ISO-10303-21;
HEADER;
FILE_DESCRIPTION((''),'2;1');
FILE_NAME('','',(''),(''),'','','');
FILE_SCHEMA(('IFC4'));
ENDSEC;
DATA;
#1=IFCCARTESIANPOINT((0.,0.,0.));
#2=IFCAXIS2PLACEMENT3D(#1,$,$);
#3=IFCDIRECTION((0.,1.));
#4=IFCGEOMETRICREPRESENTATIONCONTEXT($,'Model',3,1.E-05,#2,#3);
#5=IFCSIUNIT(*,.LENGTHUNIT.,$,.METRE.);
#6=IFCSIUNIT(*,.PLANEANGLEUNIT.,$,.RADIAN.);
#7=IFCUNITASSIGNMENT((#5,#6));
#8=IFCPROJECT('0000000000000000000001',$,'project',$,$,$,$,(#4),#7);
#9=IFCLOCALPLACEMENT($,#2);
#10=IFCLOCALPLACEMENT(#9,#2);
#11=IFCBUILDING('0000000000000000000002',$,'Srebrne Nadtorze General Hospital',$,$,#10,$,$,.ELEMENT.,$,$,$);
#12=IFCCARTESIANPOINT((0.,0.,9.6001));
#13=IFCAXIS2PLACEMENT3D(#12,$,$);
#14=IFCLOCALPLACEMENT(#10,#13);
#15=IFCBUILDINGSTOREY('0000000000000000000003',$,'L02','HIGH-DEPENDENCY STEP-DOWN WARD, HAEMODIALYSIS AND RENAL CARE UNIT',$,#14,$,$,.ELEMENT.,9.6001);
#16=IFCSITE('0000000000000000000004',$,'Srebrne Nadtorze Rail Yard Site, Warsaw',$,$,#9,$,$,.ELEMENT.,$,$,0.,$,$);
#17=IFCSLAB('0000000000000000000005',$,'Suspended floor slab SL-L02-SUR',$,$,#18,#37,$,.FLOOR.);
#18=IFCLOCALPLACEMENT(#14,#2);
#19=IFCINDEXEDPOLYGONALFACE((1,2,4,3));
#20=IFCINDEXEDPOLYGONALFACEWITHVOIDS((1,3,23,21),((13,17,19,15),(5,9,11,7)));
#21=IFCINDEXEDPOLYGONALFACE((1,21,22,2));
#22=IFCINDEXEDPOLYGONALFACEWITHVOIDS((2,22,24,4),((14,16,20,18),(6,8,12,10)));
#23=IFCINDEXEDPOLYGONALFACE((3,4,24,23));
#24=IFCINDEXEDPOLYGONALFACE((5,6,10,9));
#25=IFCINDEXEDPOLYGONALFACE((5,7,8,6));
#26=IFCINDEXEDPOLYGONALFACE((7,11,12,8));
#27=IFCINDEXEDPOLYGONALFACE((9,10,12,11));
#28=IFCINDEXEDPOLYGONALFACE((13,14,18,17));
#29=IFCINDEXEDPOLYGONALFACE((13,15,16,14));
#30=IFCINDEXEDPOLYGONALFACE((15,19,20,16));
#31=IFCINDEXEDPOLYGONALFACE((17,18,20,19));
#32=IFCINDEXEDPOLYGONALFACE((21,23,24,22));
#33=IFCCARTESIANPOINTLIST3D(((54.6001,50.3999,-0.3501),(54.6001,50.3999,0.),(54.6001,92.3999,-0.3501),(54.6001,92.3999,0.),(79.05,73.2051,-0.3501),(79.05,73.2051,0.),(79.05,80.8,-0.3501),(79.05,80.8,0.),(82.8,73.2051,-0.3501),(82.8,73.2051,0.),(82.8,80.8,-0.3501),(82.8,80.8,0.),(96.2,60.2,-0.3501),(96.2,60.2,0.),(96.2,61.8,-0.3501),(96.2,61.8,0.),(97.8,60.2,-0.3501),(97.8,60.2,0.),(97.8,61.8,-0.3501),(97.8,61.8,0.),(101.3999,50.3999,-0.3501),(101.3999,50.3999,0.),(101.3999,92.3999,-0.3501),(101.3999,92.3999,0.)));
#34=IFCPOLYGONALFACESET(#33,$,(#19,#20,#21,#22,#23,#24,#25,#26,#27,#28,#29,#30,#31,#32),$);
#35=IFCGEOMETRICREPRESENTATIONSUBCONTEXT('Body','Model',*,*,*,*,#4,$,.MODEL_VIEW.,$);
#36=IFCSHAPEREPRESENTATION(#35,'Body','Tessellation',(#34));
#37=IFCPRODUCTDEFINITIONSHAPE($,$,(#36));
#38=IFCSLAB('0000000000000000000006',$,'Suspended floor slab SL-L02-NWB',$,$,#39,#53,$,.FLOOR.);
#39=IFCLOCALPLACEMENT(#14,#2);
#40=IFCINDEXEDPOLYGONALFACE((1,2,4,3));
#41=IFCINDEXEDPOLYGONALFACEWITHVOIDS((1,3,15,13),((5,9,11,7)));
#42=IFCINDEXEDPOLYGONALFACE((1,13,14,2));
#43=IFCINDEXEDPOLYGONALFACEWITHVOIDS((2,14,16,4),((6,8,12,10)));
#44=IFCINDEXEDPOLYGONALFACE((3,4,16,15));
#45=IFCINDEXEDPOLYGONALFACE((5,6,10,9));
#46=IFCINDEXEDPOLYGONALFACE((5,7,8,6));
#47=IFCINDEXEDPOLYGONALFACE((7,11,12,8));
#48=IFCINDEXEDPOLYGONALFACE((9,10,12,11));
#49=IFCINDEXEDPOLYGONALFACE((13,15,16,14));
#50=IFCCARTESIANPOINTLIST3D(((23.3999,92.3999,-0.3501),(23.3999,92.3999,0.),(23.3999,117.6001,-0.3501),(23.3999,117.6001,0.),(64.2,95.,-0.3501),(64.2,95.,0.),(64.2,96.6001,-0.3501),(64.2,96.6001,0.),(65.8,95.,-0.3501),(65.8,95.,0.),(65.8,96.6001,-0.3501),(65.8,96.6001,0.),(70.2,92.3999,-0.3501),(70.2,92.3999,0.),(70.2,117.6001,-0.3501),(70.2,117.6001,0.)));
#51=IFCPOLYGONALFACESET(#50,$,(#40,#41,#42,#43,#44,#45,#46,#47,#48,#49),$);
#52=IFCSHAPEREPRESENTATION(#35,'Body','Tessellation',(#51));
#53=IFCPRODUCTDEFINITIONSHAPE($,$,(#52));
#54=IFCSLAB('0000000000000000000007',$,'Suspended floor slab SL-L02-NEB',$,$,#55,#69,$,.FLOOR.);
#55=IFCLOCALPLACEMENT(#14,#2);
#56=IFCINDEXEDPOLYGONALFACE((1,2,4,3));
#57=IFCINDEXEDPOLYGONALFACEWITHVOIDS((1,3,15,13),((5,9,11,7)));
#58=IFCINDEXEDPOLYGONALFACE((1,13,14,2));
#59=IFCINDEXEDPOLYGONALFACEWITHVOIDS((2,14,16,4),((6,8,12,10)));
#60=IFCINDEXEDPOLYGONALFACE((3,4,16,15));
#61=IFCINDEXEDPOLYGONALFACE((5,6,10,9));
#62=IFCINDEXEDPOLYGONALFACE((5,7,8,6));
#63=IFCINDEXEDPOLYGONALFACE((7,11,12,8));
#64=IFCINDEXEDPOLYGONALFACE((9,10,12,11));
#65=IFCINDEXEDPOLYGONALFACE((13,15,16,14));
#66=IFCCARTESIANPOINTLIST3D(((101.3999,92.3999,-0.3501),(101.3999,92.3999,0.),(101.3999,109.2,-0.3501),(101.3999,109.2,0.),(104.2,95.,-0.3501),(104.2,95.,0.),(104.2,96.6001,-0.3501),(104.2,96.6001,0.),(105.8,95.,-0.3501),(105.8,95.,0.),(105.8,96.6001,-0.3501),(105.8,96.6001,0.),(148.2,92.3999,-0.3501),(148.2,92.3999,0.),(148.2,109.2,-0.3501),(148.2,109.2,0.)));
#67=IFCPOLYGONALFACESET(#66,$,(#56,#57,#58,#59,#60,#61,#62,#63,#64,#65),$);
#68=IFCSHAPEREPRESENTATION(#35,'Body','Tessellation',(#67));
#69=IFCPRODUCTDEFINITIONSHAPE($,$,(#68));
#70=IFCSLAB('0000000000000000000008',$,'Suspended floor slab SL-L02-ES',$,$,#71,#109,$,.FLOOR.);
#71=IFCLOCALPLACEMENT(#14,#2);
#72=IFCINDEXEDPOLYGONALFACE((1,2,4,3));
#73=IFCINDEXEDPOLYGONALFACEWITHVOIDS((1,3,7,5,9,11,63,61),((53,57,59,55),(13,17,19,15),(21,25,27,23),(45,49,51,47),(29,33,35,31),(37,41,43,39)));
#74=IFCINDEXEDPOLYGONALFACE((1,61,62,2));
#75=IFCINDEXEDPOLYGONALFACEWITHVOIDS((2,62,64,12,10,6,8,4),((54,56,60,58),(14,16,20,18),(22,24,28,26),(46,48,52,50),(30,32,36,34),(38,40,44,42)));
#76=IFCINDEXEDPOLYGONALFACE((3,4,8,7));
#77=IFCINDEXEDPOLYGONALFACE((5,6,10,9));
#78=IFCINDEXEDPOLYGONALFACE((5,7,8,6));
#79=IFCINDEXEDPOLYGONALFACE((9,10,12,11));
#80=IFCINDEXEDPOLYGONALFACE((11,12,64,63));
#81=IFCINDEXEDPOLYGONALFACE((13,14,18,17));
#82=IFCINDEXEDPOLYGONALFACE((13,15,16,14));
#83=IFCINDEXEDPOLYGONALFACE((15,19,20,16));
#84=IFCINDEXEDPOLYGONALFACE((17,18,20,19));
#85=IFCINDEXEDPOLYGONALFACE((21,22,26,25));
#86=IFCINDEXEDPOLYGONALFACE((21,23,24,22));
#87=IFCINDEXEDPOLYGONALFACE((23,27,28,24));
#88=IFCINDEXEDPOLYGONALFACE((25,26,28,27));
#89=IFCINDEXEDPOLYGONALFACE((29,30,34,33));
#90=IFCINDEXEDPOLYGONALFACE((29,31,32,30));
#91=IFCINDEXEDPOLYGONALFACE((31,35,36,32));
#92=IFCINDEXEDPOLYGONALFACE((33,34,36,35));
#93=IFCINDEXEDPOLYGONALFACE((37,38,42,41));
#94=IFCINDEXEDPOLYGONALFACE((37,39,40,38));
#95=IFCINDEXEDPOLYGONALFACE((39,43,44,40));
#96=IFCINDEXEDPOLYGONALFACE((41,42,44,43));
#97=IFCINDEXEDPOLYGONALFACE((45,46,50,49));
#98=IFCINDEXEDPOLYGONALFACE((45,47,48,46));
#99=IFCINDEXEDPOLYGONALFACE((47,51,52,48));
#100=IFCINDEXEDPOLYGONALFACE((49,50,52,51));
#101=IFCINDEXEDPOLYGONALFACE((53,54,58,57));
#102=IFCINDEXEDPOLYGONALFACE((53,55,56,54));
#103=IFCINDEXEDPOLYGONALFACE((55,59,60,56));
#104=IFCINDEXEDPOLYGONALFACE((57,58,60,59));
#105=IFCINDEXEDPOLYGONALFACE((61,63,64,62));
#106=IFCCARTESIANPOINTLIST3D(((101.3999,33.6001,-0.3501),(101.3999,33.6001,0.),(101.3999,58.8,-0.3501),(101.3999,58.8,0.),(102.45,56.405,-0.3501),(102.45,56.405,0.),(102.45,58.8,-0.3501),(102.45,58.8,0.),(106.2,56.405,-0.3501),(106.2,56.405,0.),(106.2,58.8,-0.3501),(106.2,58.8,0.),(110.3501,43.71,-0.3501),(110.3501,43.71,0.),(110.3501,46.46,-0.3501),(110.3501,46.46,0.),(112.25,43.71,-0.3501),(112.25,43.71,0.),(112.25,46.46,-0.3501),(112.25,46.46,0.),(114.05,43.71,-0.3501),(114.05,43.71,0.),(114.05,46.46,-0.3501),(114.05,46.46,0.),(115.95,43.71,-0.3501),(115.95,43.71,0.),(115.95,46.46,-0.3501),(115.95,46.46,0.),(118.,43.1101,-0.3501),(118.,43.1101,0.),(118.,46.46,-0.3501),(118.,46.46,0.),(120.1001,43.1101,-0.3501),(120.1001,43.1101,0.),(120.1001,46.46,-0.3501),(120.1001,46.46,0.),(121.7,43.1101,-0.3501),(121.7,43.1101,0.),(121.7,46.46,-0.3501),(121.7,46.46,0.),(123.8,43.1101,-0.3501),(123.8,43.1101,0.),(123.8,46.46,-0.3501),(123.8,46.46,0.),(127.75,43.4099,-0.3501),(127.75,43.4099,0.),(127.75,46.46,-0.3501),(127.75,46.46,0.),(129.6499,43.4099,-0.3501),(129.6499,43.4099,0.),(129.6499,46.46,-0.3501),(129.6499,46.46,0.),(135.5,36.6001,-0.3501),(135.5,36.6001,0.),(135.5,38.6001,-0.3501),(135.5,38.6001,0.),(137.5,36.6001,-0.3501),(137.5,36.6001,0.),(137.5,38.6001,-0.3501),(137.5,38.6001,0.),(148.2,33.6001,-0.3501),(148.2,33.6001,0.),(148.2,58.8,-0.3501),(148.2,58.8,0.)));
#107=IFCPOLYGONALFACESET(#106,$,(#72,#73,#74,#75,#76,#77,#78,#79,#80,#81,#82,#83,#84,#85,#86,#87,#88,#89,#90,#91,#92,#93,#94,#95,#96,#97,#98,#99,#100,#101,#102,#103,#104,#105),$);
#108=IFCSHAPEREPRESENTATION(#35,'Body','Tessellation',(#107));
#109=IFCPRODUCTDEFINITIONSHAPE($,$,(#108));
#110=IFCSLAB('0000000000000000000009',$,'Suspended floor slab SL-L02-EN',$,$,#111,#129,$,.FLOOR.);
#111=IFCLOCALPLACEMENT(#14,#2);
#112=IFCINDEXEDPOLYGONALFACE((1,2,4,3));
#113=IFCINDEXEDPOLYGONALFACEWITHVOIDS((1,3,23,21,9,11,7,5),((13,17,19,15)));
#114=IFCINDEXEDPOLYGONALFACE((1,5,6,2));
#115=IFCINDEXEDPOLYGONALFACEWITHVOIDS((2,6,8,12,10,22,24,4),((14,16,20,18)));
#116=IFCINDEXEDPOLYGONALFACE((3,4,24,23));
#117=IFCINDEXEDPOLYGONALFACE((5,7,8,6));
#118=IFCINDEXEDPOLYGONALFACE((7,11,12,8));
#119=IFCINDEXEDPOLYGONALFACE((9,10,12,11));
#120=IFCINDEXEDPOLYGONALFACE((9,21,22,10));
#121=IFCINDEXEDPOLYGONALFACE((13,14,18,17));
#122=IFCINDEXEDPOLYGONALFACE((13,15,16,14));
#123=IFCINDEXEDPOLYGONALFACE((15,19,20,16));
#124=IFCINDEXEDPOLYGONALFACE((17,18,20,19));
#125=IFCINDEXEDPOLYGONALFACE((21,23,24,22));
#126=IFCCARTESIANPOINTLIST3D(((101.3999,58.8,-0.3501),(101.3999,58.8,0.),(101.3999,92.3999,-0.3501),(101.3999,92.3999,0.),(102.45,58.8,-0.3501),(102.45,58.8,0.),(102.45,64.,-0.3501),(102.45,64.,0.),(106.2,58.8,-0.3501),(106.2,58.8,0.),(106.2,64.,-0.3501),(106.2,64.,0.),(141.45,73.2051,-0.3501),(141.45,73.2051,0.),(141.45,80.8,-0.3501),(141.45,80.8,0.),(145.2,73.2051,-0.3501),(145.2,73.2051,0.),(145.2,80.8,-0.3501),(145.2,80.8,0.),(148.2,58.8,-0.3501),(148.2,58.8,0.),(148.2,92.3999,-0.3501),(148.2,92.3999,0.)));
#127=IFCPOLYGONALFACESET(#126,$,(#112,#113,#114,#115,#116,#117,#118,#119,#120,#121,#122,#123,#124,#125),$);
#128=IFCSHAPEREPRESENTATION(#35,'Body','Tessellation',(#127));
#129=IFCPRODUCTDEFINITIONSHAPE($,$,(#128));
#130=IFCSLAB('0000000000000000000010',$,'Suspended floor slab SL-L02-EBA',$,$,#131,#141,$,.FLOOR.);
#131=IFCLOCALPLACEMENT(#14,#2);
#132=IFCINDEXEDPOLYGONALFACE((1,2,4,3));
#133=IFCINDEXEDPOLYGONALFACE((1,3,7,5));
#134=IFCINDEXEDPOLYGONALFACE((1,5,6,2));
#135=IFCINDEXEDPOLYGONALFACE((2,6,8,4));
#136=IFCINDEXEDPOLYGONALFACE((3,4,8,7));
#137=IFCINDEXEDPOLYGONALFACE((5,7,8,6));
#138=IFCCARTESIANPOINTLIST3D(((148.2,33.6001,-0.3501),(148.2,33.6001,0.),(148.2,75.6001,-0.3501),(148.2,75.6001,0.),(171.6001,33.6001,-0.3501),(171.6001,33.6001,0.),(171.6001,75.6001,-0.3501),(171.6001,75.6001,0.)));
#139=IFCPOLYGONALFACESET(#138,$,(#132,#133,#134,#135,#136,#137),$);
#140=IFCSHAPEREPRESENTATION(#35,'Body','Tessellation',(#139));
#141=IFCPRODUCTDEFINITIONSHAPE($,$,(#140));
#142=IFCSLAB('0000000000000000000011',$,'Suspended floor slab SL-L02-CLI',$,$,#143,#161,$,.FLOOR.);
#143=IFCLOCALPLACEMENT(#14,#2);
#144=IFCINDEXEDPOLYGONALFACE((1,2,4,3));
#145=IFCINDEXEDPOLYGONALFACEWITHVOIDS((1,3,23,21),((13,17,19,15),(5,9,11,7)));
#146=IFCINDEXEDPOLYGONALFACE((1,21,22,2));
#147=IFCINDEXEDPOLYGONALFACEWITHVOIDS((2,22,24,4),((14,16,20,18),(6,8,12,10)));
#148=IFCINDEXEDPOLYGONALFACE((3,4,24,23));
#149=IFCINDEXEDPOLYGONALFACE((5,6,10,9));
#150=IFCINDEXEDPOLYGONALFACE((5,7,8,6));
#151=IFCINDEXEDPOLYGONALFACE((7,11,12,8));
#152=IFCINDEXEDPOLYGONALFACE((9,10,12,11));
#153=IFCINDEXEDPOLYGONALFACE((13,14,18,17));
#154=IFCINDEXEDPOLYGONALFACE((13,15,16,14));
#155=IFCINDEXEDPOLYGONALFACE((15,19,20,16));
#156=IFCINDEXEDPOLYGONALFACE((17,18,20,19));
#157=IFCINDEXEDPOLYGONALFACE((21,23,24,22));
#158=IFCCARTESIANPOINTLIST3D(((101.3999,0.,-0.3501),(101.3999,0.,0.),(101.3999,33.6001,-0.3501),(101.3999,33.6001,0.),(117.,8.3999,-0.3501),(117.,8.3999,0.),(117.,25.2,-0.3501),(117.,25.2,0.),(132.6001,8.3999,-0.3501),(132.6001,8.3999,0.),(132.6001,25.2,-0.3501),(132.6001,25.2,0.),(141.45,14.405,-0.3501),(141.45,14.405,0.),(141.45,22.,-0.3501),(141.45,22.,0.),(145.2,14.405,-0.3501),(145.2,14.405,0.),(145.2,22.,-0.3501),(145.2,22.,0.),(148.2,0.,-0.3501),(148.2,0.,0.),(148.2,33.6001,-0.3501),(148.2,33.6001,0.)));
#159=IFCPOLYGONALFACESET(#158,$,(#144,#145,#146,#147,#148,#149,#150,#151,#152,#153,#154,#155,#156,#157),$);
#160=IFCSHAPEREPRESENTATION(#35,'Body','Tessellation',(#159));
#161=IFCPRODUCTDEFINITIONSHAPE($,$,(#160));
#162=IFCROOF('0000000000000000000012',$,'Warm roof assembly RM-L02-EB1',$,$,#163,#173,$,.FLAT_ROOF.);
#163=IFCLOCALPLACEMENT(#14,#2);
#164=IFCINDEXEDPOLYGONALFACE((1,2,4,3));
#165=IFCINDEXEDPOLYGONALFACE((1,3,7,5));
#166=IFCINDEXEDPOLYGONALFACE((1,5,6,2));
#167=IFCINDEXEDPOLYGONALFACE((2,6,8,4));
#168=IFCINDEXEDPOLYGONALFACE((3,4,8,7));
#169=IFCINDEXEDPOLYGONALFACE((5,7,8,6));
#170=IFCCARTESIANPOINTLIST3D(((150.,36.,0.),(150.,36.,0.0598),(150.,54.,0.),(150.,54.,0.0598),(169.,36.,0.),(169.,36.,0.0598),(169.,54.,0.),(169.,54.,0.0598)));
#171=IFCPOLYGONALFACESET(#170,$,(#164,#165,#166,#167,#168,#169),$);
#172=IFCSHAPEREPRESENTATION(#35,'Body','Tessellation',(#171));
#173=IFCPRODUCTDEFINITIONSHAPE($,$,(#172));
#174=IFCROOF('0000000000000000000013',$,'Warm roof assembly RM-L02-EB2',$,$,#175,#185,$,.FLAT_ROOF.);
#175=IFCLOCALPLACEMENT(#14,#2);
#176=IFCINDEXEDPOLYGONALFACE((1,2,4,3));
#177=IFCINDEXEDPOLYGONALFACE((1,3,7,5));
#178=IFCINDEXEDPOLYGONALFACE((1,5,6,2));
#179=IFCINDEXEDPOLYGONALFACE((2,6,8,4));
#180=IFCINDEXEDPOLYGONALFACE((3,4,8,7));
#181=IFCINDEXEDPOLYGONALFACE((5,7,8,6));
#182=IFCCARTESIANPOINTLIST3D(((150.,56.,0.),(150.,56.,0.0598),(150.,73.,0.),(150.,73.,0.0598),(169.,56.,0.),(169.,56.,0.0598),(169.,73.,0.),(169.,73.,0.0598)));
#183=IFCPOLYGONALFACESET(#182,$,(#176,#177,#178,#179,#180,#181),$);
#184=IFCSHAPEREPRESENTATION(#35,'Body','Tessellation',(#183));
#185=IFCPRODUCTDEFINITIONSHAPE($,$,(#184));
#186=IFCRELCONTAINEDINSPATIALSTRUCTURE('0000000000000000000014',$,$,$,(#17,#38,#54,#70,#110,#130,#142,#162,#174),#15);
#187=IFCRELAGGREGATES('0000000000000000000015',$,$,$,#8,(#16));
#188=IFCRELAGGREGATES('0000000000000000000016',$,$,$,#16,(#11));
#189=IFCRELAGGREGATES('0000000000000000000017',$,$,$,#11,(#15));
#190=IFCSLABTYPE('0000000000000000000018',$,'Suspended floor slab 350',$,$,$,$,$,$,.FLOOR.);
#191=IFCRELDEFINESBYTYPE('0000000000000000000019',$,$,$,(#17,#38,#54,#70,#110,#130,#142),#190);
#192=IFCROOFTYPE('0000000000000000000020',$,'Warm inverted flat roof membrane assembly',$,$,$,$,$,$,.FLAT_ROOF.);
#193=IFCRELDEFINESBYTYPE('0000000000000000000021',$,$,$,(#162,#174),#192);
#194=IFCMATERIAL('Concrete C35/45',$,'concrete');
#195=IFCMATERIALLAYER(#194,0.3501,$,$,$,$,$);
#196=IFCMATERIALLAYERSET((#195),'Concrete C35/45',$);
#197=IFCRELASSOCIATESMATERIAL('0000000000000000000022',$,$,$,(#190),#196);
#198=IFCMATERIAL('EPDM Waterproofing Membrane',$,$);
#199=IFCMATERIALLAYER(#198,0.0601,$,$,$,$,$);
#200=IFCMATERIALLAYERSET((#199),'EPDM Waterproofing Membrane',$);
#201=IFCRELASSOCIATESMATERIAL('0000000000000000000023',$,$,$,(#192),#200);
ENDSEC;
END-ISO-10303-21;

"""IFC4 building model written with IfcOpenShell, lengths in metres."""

from ifc_helpers import new_model, si_unit, direction, frame, origin, place, context, subcontext, project, spatial, polyline, outline, extrude, material, layer, layer_set, type_object, element, save


model = new_model("IFC4")

# Units and contexts
model_context = context("Model", 3, precision=1e-05, world=origin(), true_north=direction((0.0, 1.0)))
body_context = subcontext(model_context, "Body", "Model", "MODEL_VIEW")
ifc_project = project(units=[si_unit("LENGTHUNIT", "METRE"), si_unit("PLANEANGLEUNIT", "RADIAN")], contexts=[model_context])

# Site, building, storey
site_placement = place(None, origin())
site = spatial("IfcSite", under=ifc_project, at=site_placement, Name="Srebrne Nadtorze Rail Yard Site, Warsaw", CompositionType="ELEMENT", RefElevation=0.0)
building_placement = place(site_placement, origin())
building = spatial("IfcBuilding", under=site, at=building_placement, Name="Srebrne Nadtorze General Hospital", CompositionType="ELEMENT")
storey_placement = place(building_placement, frame((0.0, 0.0, 9.6001)))
storey = spatial("IfcBuildingStorey", under=building, at=storey_placement, Name="L02", Description="HIGH-DEPENDENCY STEP-DOWN WARD, HAEMODIALYSIS AND RENAL CARE UNIT", CompositionType="ELEMENT", Elevation=9.6001)

# Slabs
ifc_material_1 = material(Name="Concrete C35/45", Category="concrete")
ifc_layer_1 = layer(ifc_material_1, 0.3501)
ifc_layer_set_1 = layer_set([ifc_layer_1], Name="Concrete C35/45")
slab_type_1 = type_object("IfcSlabType", Name="Suspended floor slab 350", PredefinedType="FLOOR", material=ifc_layer_set_1)
slab_1_placement = place(storey_placement, frame((0.0, 0.0, -0.3501)))
element("IfcSlab", 1, at=slab_1_placement, inside=storey, type_object=slab_type_1, Name="Suspended floor slab SL-L02-SUR", PredefinedType="FLOOR", context=body_context, shape_type="SweptSolid", body=[
    extrude(outline(polyline([(101.3999, 50.3999), (101.3999, 92.3999), (54.6001, 92.3999), (54.6001, 50.3999), (101.3999, 50.3999)]), holes=[polyline([(97.8, 60.2), (96.2, 60.2), (96.2, 61.8), (97.8, 61.8), (97.8, 60.2)]), polyline([(79.05, 73.2051), (79.05, 80.8), (82.8, 80.8), (82.8, 73.2051), (79.05, 73.2051)])]), origin(), (0.0, 0.0, 1.0), 0.3501),
])
slab_2_placement = place(storey_placement, frame((0.0, 0.0, -0.3501)))
element("IfcSlab", 2, at=slab_2_placement, inside=storey, type_object=slab_type_1, Name="Suspended floor slab SL-L02-NWB", PredefinedType="FLOOR", context=body_context, shape_type="SweptSolid", body=[
    extrude(outline(polyline([(70.2, 92.3999), (70.2, 117.6001), (23.3999, 117.6001), (23.3999, 92.3999), (70.2, 92.3999)]), holes=[polyline([(65.8, 95.0), (64.2, 95.0), (64.2, 96.6001), (65.8, 96.6001), (65.8, 95.0)])]), origin(), (0.0, 0.0, 1.0), 0.3501),
])
slab_3_placement = place(storey_placement, frame((0.0, 0.0, -0.3501)))
element("IfcSlab", 3, at=slab_3_placement, inside=storey, type_object=slab_type_1, Name="Suspended floor slab SL-L02-NEB", PredefinedType="FLOOR", context=body_context, shape_type="SweptSolid", body=[
    extrude(outline(polyline([(148.2, 92.3999), (148.2, 109.2), (101.3999, 109.2), (101.3999, 92.3999), (148.2, 92.3999)]), holes=[polyline([(104.2, 95.0), (104.2, 96.6001), (105.8, 96.6001), (105.8, 95.0), (104.2, 95.0)])]), origin(), (0.0, 0.0, 1.0), 0.3501),
])
slab_4_placement = place(storey_placement, frame((0.0, 0.0, -0.3501)))
element("IfcSlab", 4, at=slab_4_placement, inside=storey, type_object=slab_type_1, Name="Suspended floor slab SL-L02-ES", PredefinedType="FLOOR", context=body_context, shape_type="SweptSolid", body=[
    extrude(outline(polyline([(106.2, 58.8), (106.2, 56.405), (102.45, 56.405), (102.45, 58.8), (101.3999, 58.8), (101.3999, 33.6001), (148.2, 33.6001), (148.2, 58.8), (106.2, 58.8)]), holes=[polyline([(137.5, 36.6001), (135.5, 36.6001), (135.5, 38.6001), (137.5, 38.6001), (137.5, 36.6001)]), polyline([(118.0, 43.1101), (118.0, 46.46), (120.1001, 46.46), (120.1001, 43.1101), (118.0, 43.1101)]), polyline([(121.7, 43.1101), (121.7, 46.46), (123.8, 46.46), (123.8, 43.1101), (121.7, 43.1101)]), polyline([(129.6499, 43.4099), (127.75, 43.4099), (127.75, 46.46), (129.6499, 46.46), (129.6499, 43.4099)]), polyline([(110.3501, 43.71), (110.3501, 46.46), (112.25, 46.46), (112.25, 43.71), (110.3501, 43.71)]), polyline([(114.05, 43.71), (114.05, 46.46), (115.95, 46.46), (115.95, 43.71), (114.05, 43.71)])]), origin(), (0.0, 0.0, 1.0), 0.3501),
])
slab_5_placement = place(storey_placement, frame((0.0, 0.0, -0.3501)))
element("IfcSlab", 5, at=slab_5_placement, inside=storey, type_object=slab_type_1, Name="Suspended floor slab SL-L02-EN", PredefinedType="FLOOR", context=body_context, shape_type="SweptSolid", body=[
    extrude(outline(polyline([(102.45, 58.8), (102.45, 64.0), (106.2, 64.0), (106.2, 58.8), (148.2, 58.8), (148.2, 92.3999), (101.3999, 92.3999), (101.3999, 58.8), (102.45, 58.8)]), holes=[polyline([(141.45, 73.2051), (141.45, 80.8), (145.2, 80.8), (145.2, 73.2051), (141.45, 73.2051)])]), origin(), (0.0, 0.0, 1.0), 0.3501),
])
slab_6_placement = place(storey_placement, frame((0.0, 0.0, -0.3501)))
element("IfcSlab", 6, at=slab_6_placement, inside=storey, type_object=slab_type_1, Name="Suspended floor slab SL-L02-EBA", PredefinedType="FLOOR", context=body_context, shape_type="SweptSolid", body=[
    extrude(outline(polyline([(171.6001, 33.6001), (171.6001, 75.6001), (148.2, 75.6001), (148.2, 33.6001), (171.6001, 33.6001)])), origin(), (0.0, 0.0, 1.0), 0.3501),
])
slab_7_placement = place(storey_placement, frame((0.0, 0.0, -0.3501)))
element("IfcSlab", 7, at=slab_7_placement, inside=storey, type_object=slab_type_1, Name="Suspended floor slab SL-L02-CLI", PredefinedType="FLOOR", context=body_context, shape_type="SweptSolid", body=[
    extrude(outline(polyline([(148.2, 0.0), (148.2, 33.6001), (101.3999, 33.6001), (101.3999, 0.0), (148.2, 0.0)]), holes=[polyline([(117.0, 8.3999), (117.0, 25.2), (132.6001, 25.2), (132.6001, 8.3999), (117.0, 8.3999)]), polyline([(141.45, 14.405), (141.45, 22.0), (145.2, 22.0), (145.2, 14.405), (141.45, 14.405)])]), origin(), (0.0, 0.0, 1.0), 0.3501),
])

# Roofs
ifc_material_2 = material(Name="EPDM Waterproofing Membrane")
ifc_layer_2 = layer(ifc_material_2, 0.0601)
ifc_layer_set_2 = layer_set([ifc_layer_2], Name="EPDM Waterproofing Membrane")
roof_type = type_object("IfcRoofType", Name="Warm inverted flat roof membrane assembly", PredefinedType="FLAT_ROOF", material=ifc_layer_set_2)
roof_1_placement = place(storey_placement, origin())
element("IfcRoof", 8, at=roof_1_placement, inside=storey, type_object=roof_type, Name="Warm roof assembly RM-L02-EB1", PredefinedType="FLAT_ROOF", context=body_context, shape_type="SweptSolid", body=[
    extrude(outline(polyline([(150.0, 36.0), (169.0, 36.0), (169.0, 54.0), (150.0, 54.0), (150.0, 36.0)])), origin(), (0.0, 0.0, 1.0), 0.0598),
])
roof_2_placement = place(storey_placement, origin())
element("IfcRoof", 9, at=roof_2_placement, inside=storey, type_object=roof_type, Name="Warm roof assembly RM-L02-EB2", PredefinedType="FLAT_ROOF", context=body_context, shape_type="SweptSolid", body=[
    extrude(outline(polyline([(150.0, 56.0), (169.0, 56.0), (169.0, 73.0), (150.0, 73.0), (150.0, 56.0)])), origin(), (0.0, 0.0, 1.0), 0.0598),
])

save(model, "model.ifc")
